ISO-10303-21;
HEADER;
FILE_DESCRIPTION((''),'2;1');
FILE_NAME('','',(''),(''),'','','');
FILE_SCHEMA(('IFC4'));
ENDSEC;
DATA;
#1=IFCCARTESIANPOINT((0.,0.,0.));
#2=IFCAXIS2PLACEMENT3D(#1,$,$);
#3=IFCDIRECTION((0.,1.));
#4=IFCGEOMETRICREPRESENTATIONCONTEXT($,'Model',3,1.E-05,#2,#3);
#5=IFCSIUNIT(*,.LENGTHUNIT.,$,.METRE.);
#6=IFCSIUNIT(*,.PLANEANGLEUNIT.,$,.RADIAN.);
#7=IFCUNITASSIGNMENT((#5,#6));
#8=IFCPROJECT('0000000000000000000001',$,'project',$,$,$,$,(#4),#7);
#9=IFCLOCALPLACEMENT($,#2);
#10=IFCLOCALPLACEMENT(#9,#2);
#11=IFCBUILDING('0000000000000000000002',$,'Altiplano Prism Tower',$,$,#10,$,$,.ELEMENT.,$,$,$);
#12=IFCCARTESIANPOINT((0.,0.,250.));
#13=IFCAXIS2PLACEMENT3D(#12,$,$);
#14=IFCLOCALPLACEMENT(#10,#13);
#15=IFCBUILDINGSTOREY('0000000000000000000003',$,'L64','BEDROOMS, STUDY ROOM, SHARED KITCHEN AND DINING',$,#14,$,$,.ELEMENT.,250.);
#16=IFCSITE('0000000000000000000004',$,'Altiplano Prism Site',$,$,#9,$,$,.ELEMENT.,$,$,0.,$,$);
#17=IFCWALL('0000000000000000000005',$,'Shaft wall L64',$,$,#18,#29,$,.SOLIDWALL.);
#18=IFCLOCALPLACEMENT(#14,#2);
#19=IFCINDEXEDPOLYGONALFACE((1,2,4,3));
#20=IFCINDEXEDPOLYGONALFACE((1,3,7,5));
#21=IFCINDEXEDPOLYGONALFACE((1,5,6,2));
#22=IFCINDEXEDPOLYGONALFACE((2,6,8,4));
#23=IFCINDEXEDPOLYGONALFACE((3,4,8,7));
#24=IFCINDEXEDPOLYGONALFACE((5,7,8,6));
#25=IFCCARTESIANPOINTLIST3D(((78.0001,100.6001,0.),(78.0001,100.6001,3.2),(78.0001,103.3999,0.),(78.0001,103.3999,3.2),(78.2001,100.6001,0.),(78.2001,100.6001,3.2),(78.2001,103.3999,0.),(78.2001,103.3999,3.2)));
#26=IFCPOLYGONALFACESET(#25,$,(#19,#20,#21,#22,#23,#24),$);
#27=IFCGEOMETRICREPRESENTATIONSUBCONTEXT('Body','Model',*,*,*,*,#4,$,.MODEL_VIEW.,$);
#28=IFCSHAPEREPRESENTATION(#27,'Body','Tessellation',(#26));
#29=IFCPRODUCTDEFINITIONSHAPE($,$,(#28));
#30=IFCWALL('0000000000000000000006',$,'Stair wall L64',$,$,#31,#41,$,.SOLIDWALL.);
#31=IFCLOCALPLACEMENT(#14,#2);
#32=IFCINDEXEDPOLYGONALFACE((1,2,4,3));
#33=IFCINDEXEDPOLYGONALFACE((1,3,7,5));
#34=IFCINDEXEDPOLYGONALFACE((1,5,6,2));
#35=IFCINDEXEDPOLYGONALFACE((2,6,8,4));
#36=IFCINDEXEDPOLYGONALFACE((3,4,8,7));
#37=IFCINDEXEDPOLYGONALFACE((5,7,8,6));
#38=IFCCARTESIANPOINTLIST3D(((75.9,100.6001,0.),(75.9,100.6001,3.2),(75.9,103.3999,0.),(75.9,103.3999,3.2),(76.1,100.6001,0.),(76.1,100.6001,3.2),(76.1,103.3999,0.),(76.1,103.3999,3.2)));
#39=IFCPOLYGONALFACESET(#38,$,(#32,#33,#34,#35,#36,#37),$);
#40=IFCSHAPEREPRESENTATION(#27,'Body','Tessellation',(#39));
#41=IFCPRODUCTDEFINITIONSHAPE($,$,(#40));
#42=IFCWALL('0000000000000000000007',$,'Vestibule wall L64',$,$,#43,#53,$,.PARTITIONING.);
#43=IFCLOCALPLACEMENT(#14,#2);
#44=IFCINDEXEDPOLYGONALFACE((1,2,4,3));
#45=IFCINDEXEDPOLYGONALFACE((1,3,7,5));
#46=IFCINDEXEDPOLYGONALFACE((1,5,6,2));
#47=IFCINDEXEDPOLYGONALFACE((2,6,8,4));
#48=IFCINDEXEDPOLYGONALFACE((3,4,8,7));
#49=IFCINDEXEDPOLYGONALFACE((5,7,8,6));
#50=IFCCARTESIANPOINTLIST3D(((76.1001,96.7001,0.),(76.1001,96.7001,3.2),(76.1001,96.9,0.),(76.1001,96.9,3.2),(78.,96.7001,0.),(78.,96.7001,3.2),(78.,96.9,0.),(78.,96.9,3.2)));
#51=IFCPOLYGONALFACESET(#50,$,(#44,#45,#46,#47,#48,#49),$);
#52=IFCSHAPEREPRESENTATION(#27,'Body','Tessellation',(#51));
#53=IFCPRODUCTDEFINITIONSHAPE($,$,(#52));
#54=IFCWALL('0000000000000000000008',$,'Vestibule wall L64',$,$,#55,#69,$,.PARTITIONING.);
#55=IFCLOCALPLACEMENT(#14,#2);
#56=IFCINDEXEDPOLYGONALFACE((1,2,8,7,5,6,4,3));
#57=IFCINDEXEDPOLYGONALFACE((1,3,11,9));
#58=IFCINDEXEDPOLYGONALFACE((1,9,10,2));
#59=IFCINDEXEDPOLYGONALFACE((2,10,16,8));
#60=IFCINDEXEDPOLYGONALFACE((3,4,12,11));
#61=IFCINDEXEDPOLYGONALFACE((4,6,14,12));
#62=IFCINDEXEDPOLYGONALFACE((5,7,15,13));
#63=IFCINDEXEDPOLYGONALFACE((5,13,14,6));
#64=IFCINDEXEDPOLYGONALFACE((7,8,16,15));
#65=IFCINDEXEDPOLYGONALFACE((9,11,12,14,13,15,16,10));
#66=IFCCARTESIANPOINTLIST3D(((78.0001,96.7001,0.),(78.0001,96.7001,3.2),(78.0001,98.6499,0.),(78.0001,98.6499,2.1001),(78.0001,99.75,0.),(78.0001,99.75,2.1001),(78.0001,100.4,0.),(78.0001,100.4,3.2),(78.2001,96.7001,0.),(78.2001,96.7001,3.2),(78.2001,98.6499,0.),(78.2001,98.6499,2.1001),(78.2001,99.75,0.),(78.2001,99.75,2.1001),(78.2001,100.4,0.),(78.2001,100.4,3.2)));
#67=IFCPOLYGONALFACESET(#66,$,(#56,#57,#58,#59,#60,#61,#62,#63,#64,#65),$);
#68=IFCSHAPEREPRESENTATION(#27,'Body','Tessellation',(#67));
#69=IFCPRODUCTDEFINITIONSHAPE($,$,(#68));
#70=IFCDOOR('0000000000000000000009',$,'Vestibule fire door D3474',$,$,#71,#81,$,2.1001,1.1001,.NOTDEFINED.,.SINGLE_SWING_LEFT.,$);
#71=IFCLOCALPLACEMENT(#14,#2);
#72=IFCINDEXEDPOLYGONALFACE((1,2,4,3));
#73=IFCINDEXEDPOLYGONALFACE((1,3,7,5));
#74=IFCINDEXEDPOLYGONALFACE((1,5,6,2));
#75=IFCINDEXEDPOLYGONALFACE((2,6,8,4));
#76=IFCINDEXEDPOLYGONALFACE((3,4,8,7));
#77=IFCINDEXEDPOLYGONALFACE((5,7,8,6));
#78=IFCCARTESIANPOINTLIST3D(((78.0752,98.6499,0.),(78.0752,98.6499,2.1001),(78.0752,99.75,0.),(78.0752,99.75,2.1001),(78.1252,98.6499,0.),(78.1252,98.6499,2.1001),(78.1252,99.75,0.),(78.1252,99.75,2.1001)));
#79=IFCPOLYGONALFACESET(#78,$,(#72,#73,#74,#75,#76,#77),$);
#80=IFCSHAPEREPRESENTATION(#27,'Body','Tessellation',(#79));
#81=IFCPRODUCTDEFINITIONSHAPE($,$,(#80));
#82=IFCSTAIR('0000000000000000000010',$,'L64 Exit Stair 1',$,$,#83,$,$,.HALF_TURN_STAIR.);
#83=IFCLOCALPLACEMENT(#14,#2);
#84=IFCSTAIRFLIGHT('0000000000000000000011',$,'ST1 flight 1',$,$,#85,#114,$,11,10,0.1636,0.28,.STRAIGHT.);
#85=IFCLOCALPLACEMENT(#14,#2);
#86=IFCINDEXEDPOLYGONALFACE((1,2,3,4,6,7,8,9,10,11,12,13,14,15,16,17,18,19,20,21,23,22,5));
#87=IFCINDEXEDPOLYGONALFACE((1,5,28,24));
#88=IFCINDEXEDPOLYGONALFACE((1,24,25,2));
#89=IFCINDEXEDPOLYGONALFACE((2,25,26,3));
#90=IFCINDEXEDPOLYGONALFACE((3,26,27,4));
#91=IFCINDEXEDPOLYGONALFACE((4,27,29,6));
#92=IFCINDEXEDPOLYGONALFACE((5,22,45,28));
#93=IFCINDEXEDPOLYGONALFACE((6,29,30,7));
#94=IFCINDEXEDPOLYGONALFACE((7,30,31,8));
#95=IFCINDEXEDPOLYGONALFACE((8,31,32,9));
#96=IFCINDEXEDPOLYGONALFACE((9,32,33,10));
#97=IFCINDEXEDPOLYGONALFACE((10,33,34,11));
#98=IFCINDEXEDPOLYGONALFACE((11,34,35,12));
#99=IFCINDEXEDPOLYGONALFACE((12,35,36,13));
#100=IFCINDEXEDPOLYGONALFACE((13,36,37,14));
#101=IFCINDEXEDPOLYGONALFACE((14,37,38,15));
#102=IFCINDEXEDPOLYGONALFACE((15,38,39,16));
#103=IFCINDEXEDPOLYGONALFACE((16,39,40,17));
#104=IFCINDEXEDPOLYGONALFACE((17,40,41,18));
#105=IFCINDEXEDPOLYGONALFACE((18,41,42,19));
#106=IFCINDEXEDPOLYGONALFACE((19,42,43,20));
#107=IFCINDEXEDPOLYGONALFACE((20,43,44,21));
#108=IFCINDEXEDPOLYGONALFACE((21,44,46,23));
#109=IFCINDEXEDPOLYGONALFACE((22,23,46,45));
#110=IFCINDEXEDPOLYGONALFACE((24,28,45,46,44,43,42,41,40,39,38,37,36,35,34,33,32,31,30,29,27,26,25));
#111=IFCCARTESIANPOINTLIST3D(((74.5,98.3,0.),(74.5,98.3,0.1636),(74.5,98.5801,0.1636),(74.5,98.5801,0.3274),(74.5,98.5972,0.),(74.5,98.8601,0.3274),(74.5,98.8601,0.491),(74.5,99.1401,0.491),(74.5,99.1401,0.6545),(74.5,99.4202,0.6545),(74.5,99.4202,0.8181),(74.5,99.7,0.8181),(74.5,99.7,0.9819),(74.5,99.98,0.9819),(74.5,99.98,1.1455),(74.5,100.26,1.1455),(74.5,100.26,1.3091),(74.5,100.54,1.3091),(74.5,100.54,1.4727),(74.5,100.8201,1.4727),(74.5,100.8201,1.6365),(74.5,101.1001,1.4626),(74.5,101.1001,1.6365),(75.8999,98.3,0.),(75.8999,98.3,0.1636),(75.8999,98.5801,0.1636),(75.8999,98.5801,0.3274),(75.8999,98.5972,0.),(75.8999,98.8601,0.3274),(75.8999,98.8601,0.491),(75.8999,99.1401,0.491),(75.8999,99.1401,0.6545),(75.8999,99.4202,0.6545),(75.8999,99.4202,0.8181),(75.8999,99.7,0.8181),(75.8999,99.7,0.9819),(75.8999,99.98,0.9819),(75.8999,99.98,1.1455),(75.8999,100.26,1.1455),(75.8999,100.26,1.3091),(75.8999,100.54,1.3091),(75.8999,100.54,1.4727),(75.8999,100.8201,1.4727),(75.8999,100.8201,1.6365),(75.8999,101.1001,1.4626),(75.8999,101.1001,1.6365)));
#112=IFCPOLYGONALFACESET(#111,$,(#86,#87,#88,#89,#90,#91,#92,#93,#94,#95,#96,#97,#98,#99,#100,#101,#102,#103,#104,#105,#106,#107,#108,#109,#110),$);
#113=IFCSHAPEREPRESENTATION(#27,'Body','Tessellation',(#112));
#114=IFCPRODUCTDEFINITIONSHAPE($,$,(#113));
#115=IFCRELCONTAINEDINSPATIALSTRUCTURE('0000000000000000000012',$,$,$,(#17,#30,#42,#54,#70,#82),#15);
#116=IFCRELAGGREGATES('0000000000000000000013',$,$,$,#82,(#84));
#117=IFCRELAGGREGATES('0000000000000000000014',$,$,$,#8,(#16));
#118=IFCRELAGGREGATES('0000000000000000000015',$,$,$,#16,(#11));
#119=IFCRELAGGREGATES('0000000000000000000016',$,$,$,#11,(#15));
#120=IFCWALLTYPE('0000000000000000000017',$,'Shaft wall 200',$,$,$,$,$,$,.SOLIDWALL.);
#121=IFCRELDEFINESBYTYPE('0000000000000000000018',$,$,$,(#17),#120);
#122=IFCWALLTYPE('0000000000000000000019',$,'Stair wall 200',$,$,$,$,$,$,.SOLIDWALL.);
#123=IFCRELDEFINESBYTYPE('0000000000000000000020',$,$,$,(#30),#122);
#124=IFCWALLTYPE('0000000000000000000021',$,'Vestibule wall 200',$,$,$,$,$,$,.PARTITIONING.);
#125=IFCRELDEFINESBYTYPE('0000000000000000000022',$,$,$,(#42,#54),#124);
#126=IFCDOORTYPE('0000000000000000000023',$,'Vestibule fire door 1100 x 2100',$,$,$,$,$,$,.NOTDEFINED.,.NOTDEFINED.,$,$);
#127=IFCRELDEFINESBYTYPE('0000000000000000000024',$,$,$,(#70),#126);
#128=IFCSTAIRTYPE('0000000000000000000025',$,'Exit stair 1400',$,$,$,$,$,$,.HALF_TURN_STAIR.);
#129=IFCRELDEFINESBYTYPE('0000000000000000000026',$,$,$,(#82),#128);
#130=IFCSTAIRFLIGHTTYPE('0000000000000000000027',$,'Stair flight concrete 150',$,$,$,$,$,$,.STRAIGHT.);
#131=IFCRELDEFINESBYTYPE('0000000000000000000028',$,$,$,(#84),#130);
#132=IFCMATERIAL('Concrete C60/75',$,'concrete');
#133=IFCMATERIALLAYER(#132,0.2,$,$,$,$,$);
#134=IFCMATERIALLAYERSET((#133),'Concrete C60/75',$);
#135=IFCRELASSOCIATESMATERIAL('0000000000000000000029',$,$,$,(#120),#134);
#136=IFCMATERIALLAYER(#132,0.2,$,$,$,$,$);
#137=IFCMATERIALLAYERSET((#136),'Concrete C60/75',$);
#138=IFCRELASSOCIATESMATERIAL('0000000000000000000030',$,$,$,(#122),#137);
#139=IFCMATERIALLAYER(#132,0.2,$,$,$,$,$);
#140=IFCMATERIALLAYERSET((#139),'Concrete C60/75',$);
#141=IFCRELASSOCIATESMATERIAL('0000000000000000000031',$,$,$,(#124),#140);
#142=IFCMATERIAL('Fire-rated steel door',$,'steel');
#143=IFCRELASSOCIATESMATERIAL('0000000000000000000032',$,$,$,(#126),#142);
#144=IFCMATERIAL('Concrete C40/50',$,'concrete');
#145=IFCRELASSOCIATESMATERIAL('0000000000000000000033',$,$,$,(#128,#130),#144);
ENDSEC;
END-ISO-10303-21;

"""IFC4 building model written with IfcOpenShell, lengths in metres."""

from ifc_helpers import new_model, si_unit, direction, frame, frame_2d, origin, place, context, subcontext, project, spatial, polyline, rectangle, outline, extrude, material, layer, layer_set, type_object, element, fill, aggregate, save


model = new_model("IFC4")

# Units and contexts
model_context = context("Model", 3, precision=1e-05, world=origin(), true_north=direction((0.0, 1.0)))
body_context = subcontext(model_context, "Body", "Model", "MODEL_VIEW")
ifc_project = project(units=[si_unit("LENGTHUNIT", "METRE"), si_unit("PLANEANGLEUNIT", "RADIAN")], contexts=[model_context])

# Site, building, storey
site_placement = place(None, origin())
site = spatial("IfcSite", under=ifc_project, at=site_placement, Name="Altiplano Prism Site", CompositionType="ELEMENT", RefElevation=0.0)
building_placement = place(site_placement, origin())
building = spatial("IfcBuilding", under=site, at=building_placement, Name="Altiplano Prism Tower", CompositionType="ELEMENT")
storey_placement = place(building_placement, frame((0.0, 0.0, 250.0)))
storey = spatial("IfcBuildingStorey", under=building, at=storey_placement, Name="L64", Description="BEDROOMS, STUDY ROOM, SHARED KITCHEN AND DINING", CompositionType="ELEMENT", Elevation=250.0)

# Wall
ifc_material_1 = material(Name="Concrete C60/75", Category="concrete")
ifc_layer_1 = layer(ifc_material_1, 0.2)
ifc_layer_set_1 = layer_set([ifc_layer_1], Name="Concrete C60/75")
wall_type_1 = type_object("IfcWallType", Name="Shaft wall 200", PredefinedType="SOLIDWALL", material=ifc_layer_set_1)
wall_1_placement = place(storey_placement, frame((78.1001, 100.6001, 0.0), z_axis=(0.0, 0.0, 1.0), x_axis=(0.0, 1.0, 0.0)))
element("IfcWall", 1, at=wall_1_placement, inside=storey, type_object=wall_type_1, Name="Shaft wall L64", PredefinedType="SOLIDWALL", context=body_context, shape_type="SweptSolid", body=[
    extrude(rectangle(XDim=2.7998, YDim=0.2, at=frame_2d((1.3999, 0.0))), origin(), (0.0, 0.0, 1.0), 3.2),
])

# Shared definitions
ifc_layer_2 = layer(ifc_material_1, 0.2)
ifc_layer_set_2 = layer_set([ifc_layer_2], Name="Concrete C60/75")
wall_type_2 = type_object("IfcWallType", Name="Stair wall 200", PredefinedType="SOLIDWALL", material=ifc_layer_set_2)
ifc_material_2 = material(Name="Fire-rated steel door", Category="steel")

# Walls
wall_2_placement = place(storey_placement, frame((76.0, 100.6001, 0.0), z_axis=(0.0, 0.0, 1.0), x_axis=(0.0, 1.0, 0.0)))
element("IfcWall", 2, at=wall_2_placement, inside=storey, type_object=wall_type_2, Name="Stair wall L64", PredefinedType="SOLIDWALL", context=body_context, shape_type="SweptSolid", body=[
    extrude(rectangle(XDim=2.7998, YDim=0.2, at=frame_2d((1.3999, 0.0))), origin(), (0.0, 0.0, 1.0), 3.2),
])
ifc_layer_3 = layer(ifc_material_1, 0.2)
ifc_layer_set_3 = layer_set([ifc_layer_3], Name="Concrete C60/75")
wall_type_3 = type_object("IfcWallType", Name="Vestibule wall 200", PredefinedType="PARTITIONING", material=ifc_layer_set_3)
wall_3_placement = place(storey_placement, frame((76.1001, 96.8, 0.0), z_axis=(0.0, 0.0, 1.0), x_axis=(1.0, 0.0, 0.0)))
element("IfcWall", 3, at=wall_3_placement, inside=storey, type_object=wall_type_3, Name="Vestibule wall L64", PredefinedType="PARTITIONING", context=body_context, shape_type="SweptSolid", body=[
    extrude(rectangle(XDim=1.8999, YDim=0.2, at=frame_2d((0.95, 0.0))), origin(), (0.0, 0.0, 1.0), 3.2),
])

# Wall, opening, door
wall_4_placement = place(storey_placement, frame((78.1001, 96.7, 0.0), z_axis=(0.0, 0.0, 1.0), x_axis=(0.0, 1.0, 0.0)))
wall_4 = element("IfcWall", 4, at=wall_4_placement, inside=storey, type_object=wall_type_3, Name="Vestibule wall L64", PredefinedType="PARTITIONING", context=body_context, shape_type="SweptSolid", body=[
    extrude(rectangle(XDim=3.7, YDim=0.2, at=frame_2d((1.8501, 0.0))), origin(), (0.0, 0.0, 1.0), 3.2),
])
opening_1_placement = place(wall_4_placement, frame((1.95, 0.0, 0.0)))
opening_1 = element("IfcOpeningElement", 5, at=opening_1_placement, cuts=wall_4, PredefinedType="OPENING", context=body_context, shape_type="SweptSolid", body=[
    extrude(rectangle(XDim=1.1001, YDim=2.1001, at=frame_2d((0.55, 1.05))), frame((0.0, 0.1104, 0.0), z_axis=(0.0, -1.0, 0.0), x_axis=(1.0, 0.0, 0.0)), (0.0, 0.0, 1.0), 0.2209),
])
door_type_1 = type_object("IfcDoorType", Name="Vestibule fire door 1100 x 2100", OperationType="NOTDEFINED", PredefinedType="NOTDEFINED", material=ifc_material_2)
door_1_placement = place(opening_1_placement, origin())
door_1 = element("IfcDoor", 6, at=door_1_placement, inside=storey, type_object=door_type_1, Name="Vestibule fire door D3474", OperationType="SINGLE_SWING_LEFT", OverallHeight=2.1001, OverallWidth=1.1001, PredefinedType="NOTDEFINED", context=body_context, shape_type="SweptSolid", body=[
    extrude(rectangle(XDim=1.1001, YDim=2.1001, at=frame_2d((0.55, 1.05))), frame((0.0, 0.0249, 0.0), z_axis=(0.0, -1.0, 0.0), x_axis=(1.0, 0.0, 0.0)), (0.0, 0.0, 1.0), 0.05),
])
fill(opening_1, door_1)

# Stair, stair flight
ifc_material_3 = material(Name="Concrete C40/50", Category="concrete")
stair_type = type_object("IfcStairType", Name="Exit stair 1400", PredefinedType="HALF_TURN_STAIR", material=ifc_material_3)
stair_placement = place(storey_placement, origin())
stair = element("IfcStair", 7, at=stair_placement, inside=storey, type_object=stair_type, Name="L64 Exit Stair 1", PredefinedType="HALF_TURN_STAIR")
stair_flight_type = type_object("IfcStairFlightType", Name="Stair flight concrete 150", PredefinedType="STRAIGHT", material=ifc_material_3)
stair_flight_placement = place(storey_placement, frame((75.2, 98.3, 0.0), z_axis=(0.0, 0.0, 1.0), x_axis=(0.0, 1.0, 0.0)))
stair_flight = element("IfcStairFlight", 8, at=stair_flight_placement, type_object=stair_flight_type, Name="ST1 flight 1", NumberOfRisers=11, NumberOfTreads=10, PredefinedType="STRAIGHT", RiserHeight=0.1636, TreadLength=0.28, context=body_context, shape_type="SweptSolid", body=[
    extrude(outline(polyline([(0.0, 0.0), (0.0, 0.1636), (0.28, 0.1636), (0.28, 0.3274), (0.5601, 0.3274), (0.5601, 0.491), (0.8401, 0.491), (0.8401, 0.6545), (1.1201, 0.6545), (1.1201, 0.8181), (1.3999, 0.8181), (1.3999, 0.9819), (1.6799, 0.9819), (1.6799, 1.1455), (1.96, 1.1455), (1.96, 1.3091), (2.24, 1.3091), (2.24, 1.4727), (2.52, 1.4727), (2.52, 1.6365), (2.8, 1.6365), (2.8, 1.8), (2.8, 1.4626), (0.2971, 0.0), (0.0, 0.0)])), frame((0.0, 0.7, 0.0), z_axis=(0.0, -1.0, 0.0), x_axis=(1.0, 0.0, 0.0)), (0.0, 0.0, 1.0), 1.3999),
])
aggregate(stair, [stair_flight])

save(model, "model.ifc")
